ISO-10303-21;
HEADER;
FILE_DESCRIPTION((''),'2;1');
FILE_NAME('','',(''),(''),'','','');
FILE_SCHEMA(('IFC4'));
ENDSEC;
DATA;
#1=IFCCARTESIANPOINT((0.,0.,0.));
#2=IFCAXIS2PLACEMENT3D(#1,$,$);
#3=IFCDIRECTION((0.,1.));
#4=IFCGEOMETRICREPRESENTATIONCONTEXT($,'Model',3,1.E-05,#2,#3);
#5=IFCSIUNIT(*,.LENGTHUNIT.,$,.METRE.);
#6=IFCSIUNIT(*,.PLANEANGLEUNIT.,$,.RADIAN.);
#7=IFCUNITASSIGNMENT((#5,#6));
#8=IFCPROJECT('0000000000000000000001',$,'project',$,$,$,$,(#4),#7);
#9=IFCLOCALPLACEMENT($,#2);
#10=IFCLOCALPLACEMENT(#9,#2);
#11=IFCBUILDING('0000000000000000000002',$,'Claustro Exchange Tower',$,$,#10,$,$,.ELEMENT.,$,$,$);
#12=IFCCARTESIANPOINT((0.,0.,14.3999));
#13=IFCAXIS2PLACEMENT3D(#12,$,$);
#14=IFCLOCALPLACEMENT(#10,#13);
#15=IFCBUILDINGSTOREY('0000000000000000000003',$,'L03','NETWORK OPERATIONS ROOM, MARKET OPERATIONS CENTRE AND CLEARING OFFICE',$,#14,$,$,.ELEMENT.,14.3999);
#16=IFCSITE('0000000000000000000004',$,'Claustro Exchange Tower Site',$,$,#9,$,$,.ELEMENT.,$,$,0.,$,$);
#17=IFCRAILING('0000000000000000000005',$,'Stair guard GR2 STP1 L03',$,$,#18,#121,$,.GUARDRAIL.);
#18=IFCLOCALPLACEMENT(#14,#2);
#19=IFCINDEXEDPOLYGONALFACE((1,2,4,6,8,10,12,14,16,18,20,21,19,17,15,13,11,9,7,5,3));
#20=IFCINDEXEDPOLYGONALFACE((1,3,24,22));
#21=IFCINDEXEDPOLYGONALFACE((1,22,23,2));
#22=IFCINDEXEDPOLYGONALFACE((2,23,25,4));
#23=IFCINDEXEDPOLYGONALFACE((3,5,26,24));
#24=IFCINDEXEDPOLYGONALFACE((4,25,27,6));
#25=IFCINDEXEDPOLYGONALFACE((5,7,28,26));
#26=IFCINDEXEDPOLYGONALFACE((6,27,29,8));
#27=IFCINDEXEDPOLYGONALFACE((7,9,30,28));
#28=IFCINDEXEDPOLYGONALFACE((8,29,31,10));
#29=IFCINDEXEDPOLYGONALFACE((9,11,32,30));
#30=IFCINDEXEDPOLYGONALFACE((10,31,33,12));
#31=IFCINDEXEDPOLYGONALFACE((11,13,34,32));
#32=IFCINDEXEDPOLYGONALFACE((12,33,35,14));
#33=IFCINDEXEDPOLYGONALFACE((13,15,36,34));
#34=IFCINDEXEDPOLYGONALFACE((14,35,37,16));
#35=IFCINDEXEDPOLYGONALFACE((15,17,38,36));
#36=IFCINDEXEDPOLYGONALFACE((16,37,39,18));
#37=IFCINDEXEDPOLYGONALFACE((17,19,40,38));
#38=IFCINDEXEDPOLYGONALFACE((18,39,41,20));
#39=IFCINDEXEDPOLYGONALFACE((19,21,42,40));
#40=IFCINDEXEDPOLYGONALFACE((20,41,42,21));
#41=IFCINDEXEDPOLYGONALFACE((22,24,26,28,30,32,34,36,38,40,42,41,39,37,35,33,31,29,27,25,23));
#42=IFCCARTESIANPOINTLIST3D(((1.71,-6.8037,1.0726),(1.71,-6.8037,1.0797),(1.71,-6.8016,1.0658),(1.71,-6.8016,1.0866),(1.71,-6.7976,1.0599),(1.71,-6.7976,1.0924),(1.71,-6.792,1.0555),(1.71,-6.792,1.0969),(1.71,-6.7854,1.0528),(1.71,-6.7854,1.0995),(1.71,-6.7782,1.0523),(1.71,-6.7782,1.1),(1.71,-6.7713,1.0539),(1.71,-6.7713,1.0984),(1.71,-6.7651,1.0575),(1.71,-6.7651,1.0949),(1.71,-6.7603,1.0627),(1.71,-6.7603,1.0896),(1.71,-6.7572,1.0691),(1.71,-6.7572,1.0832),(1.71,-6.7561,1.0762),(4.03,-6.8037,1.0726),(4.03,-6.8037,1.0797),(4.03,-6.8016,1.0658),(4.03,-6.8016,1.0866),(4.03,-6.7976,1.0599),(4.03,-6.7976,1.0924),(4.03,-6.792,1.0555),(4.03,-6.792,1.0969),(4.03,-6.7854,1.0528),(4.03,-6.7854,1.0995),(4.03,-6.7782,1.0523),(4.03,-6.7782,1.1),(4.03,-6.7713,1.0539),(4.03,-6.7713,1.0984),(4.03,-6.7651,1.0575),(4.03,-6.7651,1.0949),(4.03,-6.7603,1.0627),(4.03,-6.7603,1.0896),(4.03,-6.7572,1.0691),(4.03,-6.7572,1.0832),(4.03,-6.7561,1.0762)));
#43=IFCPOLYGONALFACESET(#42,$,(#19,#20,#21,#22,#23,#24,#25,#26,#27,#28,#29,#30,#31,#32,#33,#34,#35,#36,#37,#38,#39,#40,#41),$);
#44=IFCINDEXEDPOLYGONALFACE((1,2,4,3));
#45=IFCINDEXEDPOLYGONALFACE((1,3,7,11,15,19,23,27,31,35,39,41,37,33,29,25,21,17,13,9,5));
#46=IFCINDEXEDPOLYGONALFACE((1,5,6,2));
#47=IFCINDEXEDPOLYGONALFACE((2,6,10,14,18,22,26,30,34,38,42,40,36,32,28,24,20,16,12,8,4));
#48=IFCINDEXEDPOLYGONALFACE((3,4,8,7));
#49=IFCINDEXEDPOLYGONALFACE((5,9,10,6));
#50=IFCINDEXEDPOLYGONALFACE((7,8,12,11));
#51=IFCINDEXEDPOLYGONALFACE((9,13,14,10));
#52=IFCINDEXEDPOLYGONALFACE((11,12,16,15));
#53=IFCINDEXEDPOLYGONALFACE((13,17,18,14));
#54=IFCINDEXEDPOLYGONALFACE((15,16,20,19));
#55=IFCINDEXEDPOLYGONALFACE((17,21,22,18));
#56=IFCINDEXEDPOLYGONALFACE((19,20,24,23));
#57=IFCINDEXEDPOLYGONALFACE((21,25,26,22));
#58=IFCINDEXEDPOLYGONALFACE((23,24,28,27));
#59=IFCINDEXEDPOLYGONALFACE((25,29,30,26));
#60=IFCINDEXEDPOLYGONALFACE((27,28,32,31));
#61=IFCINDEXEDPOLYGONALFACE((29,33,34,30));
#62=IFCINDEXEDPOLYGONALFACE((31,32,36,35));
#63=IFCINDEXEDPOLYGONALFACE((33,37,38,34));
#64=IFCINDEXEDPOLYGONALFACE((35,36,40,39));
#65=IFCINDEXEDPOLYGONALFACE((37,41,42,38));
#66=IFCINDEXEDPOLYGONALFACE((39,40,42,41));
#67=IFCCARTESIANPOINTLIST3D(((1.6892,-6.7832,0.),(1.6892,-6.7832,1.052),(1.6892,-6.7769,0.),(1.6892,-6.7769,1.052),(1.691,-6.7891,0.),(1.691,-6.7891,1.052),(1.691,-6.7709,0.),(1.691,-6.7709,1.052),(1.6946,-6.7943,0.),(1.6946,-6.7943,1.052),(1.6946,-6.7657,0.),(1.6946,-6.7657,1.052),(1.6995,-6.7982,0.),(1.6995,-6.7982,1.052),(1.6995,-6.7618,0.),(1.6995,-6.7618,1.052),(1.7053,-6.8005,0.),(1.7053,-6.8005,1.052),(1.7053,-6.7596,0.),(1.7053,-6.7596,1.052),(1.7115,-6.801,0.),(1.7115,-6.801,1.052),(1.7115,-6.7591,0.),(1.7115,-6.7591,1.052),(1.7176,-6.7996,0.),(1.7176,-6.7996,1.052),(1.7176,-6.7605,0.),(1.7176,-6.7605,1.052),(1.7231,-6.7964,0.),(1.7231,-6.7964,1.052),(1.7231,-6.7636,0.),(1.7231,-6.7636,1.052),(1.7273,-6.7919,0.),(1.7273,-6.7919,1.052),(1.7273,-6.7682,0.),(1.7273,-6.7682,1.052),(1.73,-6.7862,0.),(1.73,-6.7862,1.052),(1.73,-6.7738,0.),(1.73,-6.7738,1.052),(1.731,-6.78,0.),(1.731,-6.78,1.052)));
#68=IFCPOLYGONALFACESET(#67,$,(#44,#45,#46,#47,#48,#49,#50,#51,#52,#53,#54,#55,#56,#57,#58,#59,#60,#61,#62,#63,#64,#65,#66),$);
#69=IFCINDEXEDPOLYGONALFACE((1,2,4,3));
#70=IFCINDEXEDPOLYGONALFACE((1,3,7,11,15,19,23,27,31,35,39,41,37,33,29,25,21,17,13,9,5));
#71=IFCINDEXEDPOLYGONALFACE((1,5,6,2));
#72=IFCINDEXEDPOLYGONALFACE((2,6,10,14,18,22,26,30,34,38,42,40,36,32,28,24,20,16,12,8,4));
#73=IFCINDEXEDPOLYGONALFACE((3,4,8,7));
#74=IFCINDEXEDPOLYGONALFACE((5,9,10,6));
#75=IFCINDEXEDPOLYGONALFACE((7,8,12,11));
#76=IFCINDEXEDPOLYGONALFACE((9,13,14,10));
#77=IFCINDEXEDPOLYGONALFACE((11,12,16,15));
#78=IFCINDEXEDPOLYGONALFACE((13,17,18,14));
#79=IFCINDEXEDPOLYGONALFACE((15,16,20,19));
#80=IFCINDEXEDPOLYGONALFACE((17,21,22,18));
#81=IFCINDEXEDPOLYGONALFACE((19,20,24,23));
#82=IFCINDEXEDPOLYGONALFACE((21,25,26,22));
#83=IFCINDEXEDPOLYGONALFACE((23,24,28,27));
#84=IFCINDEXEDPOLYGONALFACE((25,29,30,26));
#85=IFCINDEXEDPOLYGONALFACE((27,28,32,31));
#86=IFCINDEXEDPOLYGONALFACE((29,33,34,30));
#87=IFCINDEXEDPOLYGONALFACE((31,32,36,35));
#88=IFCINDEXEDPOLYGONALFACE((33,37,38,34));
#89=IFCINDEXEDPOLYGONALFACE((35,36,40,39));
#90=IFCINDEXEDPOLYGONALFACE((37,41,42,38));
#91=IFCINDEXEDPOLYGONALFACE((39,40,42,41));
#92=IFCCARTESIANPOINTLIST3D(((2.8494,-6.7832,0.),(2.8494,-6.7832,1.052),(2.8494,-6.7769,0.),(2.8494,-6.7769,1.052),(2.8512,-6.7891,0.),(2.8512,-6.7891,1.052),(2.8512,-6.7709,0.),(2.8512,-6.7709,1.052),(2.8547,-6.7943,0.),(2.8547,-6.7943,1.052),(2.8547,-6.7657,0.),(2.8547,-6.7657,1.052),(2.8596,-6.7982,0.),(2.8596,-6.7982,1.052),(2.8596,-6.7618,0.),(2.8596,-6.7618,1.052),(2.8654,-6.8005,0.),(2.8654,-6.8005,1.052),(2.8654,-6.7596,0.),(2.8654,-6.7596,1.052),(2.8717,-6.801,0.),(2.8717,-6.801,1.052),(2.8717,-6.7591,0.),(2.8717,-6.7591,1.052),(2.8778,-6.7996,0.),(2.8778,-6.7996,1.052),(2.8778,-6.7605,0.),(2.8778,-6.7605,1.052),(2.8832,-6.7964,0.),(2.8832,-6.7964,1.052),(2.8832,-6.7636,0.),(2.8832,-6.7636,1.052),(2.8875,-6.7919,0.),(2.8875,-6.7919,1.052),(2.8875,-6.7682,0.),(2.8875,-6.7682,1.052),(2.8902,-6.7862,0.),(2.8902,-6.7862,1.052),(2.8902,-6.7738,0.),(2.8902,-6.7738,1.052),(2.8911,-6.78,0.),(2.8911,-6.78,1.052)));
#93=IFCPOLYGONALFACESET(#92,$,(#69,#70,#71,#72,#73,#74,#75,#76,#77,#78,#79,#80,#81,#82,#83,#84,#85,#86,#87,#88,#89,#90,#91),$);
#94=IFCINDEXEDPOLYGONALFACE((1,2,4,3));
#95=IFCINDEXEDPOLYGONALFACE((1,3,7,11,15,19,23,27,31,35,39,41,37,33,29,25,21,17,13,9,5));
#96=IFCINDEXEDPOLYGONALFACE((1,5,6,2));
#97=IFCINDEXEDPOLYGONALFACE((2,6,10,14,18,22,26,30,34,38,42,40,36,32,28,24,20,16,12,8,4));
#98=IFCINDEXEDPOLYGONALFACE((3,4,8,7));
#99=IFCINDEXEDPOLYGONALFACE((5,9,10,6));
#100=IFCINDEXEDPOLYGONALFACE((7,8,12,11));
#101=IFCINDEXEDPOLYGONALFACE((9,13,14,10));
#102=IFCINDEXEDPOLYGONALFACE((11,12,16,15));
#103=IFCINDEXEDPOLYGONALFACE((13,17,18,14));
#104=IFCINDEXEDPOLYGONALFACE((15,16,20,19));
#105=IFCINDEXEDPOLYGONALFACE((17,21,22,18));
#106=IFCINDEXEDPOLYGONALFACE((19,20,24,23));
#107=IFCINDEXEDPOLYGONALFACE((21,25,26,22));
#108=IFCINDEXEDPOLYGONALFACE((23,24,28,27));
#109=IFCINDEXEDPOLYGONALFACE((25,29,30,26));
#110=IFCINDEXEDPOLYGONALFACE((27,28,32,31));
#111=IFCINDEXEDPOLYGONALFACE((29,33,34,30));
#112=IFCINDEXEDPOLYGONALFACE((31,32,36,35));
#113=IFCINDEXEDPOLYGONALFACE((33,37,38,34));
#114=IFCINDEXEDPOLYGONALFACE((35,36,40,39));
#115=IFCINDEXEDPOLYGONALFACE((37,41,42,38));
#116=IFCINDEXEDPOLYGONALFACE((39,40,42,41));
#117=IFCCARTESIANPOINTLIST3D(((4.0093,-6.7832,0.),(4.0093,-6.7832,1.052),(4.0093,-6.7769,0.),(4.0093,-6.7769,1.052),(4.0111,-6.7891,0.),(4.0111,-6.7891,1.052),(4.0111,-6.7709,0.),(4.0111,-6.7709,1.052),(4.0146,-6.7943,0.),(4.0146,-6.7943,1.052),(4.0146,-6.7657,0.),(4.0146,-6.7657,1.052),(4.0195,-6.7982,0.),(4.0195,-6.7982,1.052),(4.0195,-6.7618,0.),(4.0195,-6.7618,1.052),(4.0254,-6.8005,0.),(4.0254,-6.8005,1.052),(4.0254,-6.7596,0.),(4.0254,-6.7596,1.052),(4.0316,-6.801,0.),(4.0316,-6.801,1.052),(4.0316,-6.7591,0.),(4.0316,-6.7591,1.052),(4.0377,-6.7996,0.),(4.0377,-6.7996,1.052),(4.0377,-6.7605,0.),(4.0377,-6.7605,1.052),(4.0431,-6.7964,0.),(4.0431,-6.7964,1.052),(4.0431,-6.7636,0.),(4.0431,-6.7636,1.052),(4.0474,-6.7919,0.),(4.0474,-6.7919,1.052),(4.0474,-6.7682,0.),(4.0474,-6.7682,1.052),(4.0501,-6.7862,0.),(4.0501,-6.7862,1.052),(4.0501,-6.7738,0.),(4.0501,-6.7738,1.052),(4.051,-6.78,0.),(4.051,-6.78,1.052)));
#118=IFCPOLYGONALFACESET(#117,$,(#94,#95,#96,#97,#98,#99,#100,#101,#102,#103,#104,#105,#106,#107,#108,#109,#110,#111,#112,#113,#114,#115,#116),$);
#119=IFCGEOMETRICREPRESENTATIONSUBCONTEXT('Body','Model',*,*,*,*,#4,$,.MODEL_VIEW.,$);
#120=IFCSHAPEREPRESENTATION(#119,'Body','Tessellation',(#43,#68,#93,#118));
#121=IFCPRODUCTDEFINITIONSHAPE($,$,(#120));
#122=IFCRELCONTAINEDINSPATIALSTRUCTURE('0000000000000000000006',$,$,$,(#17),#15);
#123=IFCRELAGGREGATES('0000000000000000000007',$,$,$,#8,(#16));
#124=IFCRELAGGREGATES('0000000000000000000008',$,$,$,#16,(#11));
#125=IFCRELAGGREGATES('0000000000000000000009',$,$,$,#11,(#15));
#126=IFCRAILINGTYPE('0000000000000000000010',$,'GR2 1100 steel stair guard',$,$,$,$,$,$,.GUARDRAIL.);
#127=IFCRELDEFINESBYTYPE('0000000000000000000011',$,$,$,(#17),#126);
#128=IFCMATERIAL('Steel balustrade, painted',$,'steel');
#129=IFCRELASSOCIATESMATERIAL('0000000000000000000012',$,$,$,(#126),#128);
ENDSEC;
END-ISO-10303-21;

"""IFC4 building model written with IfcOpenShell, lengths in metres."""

from ifc_helpers import new_model, si_unit, direction, frame, origin, origin_2d, place, context, subcontext, project, spatial, circle, extrude, material, type_object, element, save


model = new_model("IFC4")

# Units and contexts
model_context = context("Model", 3, precision=1e-05, world=origin(), true_north=direction((0.0, 1.0)))
body_context = subcontext(model_context, "Body", "Model", "MODEL_VIEW")
ifc_project = project(units=[si_unit("LENGTHUNIT", "METRE"), si_unit("PLANEANGLEUNIT", "RADIAN")], contexts=[model_context])

# Site, building, storey
site_placement = place(None, origin())
site = spatial("IfcSite", under=ifc_project, at=site_placement, Name="Claustro Exchange Tower Site", CompositionType="ELEMENT", RefElevation=0.0)
building_placement = place(site_placement, origin())
building = spatial("IfcBuilding", under=site, at=building_placement, Name="Claustro Exchange Tower", CompositionType="ELEMENT")
storey_placement = place(building_placement, frame((0.0, 0.0, 14.3999)))
storey = spatial("IfcBuildingStorey", under=building, at=storey_placement, Name="L03", Description="NETWORK OPERATIONS ROOM, MARKET OPERATIONS CENTRE AND CLEARING OFFICE", CompositionType="ELEMENT", Elevation=14.3999)

# Railing
ifc_material_1 = material(Name="Steel balustrade, painted", Category="steel")
railing_type = type_object("IfcRailingType", Name="GR2 1100 steel stair guard", PredefinedType="GUARDRAIL", material=ifc_material_1)
railing_placement = place(storey_placement, frame((1.71, -6.78, 0.0)))
element("IfcRailing", 1, at=railing_placement, inside=storey, type_object=railing_type, Name="Stair guard GR2 STP1 L03", PredefinedType="GUARDRAIL", context=body_context, shape_type="SweptSolid", body=[
    extrude(circle(Radius=0.0239, at=origin_2d()), frame((0.0, 0.0, 1.0762), z_axis=(1.0, 0.0, 0.0), x_axis=(0.0, 1.0, 0.0)), (0.0, 0.0, 1.0), 2.3201),
    extrude(circle(Radius=0.021, at=origin_2d()), origin(), (0.0, 0.0, 1.0), 1.052),
    extrude(circle(Radius=0.021, at=origin_2d()), frame((1.1602, 0.0, 0.0)), (0.0, 0.0, 1.0), 1.052),
    extrude(circle(Radius=0.021, at=origin_2d()), frame((2.3201, 0.0, 0.0)), (0.0, 0.0, 1.0), 1.052),
])

save(model, "model.ifc")
